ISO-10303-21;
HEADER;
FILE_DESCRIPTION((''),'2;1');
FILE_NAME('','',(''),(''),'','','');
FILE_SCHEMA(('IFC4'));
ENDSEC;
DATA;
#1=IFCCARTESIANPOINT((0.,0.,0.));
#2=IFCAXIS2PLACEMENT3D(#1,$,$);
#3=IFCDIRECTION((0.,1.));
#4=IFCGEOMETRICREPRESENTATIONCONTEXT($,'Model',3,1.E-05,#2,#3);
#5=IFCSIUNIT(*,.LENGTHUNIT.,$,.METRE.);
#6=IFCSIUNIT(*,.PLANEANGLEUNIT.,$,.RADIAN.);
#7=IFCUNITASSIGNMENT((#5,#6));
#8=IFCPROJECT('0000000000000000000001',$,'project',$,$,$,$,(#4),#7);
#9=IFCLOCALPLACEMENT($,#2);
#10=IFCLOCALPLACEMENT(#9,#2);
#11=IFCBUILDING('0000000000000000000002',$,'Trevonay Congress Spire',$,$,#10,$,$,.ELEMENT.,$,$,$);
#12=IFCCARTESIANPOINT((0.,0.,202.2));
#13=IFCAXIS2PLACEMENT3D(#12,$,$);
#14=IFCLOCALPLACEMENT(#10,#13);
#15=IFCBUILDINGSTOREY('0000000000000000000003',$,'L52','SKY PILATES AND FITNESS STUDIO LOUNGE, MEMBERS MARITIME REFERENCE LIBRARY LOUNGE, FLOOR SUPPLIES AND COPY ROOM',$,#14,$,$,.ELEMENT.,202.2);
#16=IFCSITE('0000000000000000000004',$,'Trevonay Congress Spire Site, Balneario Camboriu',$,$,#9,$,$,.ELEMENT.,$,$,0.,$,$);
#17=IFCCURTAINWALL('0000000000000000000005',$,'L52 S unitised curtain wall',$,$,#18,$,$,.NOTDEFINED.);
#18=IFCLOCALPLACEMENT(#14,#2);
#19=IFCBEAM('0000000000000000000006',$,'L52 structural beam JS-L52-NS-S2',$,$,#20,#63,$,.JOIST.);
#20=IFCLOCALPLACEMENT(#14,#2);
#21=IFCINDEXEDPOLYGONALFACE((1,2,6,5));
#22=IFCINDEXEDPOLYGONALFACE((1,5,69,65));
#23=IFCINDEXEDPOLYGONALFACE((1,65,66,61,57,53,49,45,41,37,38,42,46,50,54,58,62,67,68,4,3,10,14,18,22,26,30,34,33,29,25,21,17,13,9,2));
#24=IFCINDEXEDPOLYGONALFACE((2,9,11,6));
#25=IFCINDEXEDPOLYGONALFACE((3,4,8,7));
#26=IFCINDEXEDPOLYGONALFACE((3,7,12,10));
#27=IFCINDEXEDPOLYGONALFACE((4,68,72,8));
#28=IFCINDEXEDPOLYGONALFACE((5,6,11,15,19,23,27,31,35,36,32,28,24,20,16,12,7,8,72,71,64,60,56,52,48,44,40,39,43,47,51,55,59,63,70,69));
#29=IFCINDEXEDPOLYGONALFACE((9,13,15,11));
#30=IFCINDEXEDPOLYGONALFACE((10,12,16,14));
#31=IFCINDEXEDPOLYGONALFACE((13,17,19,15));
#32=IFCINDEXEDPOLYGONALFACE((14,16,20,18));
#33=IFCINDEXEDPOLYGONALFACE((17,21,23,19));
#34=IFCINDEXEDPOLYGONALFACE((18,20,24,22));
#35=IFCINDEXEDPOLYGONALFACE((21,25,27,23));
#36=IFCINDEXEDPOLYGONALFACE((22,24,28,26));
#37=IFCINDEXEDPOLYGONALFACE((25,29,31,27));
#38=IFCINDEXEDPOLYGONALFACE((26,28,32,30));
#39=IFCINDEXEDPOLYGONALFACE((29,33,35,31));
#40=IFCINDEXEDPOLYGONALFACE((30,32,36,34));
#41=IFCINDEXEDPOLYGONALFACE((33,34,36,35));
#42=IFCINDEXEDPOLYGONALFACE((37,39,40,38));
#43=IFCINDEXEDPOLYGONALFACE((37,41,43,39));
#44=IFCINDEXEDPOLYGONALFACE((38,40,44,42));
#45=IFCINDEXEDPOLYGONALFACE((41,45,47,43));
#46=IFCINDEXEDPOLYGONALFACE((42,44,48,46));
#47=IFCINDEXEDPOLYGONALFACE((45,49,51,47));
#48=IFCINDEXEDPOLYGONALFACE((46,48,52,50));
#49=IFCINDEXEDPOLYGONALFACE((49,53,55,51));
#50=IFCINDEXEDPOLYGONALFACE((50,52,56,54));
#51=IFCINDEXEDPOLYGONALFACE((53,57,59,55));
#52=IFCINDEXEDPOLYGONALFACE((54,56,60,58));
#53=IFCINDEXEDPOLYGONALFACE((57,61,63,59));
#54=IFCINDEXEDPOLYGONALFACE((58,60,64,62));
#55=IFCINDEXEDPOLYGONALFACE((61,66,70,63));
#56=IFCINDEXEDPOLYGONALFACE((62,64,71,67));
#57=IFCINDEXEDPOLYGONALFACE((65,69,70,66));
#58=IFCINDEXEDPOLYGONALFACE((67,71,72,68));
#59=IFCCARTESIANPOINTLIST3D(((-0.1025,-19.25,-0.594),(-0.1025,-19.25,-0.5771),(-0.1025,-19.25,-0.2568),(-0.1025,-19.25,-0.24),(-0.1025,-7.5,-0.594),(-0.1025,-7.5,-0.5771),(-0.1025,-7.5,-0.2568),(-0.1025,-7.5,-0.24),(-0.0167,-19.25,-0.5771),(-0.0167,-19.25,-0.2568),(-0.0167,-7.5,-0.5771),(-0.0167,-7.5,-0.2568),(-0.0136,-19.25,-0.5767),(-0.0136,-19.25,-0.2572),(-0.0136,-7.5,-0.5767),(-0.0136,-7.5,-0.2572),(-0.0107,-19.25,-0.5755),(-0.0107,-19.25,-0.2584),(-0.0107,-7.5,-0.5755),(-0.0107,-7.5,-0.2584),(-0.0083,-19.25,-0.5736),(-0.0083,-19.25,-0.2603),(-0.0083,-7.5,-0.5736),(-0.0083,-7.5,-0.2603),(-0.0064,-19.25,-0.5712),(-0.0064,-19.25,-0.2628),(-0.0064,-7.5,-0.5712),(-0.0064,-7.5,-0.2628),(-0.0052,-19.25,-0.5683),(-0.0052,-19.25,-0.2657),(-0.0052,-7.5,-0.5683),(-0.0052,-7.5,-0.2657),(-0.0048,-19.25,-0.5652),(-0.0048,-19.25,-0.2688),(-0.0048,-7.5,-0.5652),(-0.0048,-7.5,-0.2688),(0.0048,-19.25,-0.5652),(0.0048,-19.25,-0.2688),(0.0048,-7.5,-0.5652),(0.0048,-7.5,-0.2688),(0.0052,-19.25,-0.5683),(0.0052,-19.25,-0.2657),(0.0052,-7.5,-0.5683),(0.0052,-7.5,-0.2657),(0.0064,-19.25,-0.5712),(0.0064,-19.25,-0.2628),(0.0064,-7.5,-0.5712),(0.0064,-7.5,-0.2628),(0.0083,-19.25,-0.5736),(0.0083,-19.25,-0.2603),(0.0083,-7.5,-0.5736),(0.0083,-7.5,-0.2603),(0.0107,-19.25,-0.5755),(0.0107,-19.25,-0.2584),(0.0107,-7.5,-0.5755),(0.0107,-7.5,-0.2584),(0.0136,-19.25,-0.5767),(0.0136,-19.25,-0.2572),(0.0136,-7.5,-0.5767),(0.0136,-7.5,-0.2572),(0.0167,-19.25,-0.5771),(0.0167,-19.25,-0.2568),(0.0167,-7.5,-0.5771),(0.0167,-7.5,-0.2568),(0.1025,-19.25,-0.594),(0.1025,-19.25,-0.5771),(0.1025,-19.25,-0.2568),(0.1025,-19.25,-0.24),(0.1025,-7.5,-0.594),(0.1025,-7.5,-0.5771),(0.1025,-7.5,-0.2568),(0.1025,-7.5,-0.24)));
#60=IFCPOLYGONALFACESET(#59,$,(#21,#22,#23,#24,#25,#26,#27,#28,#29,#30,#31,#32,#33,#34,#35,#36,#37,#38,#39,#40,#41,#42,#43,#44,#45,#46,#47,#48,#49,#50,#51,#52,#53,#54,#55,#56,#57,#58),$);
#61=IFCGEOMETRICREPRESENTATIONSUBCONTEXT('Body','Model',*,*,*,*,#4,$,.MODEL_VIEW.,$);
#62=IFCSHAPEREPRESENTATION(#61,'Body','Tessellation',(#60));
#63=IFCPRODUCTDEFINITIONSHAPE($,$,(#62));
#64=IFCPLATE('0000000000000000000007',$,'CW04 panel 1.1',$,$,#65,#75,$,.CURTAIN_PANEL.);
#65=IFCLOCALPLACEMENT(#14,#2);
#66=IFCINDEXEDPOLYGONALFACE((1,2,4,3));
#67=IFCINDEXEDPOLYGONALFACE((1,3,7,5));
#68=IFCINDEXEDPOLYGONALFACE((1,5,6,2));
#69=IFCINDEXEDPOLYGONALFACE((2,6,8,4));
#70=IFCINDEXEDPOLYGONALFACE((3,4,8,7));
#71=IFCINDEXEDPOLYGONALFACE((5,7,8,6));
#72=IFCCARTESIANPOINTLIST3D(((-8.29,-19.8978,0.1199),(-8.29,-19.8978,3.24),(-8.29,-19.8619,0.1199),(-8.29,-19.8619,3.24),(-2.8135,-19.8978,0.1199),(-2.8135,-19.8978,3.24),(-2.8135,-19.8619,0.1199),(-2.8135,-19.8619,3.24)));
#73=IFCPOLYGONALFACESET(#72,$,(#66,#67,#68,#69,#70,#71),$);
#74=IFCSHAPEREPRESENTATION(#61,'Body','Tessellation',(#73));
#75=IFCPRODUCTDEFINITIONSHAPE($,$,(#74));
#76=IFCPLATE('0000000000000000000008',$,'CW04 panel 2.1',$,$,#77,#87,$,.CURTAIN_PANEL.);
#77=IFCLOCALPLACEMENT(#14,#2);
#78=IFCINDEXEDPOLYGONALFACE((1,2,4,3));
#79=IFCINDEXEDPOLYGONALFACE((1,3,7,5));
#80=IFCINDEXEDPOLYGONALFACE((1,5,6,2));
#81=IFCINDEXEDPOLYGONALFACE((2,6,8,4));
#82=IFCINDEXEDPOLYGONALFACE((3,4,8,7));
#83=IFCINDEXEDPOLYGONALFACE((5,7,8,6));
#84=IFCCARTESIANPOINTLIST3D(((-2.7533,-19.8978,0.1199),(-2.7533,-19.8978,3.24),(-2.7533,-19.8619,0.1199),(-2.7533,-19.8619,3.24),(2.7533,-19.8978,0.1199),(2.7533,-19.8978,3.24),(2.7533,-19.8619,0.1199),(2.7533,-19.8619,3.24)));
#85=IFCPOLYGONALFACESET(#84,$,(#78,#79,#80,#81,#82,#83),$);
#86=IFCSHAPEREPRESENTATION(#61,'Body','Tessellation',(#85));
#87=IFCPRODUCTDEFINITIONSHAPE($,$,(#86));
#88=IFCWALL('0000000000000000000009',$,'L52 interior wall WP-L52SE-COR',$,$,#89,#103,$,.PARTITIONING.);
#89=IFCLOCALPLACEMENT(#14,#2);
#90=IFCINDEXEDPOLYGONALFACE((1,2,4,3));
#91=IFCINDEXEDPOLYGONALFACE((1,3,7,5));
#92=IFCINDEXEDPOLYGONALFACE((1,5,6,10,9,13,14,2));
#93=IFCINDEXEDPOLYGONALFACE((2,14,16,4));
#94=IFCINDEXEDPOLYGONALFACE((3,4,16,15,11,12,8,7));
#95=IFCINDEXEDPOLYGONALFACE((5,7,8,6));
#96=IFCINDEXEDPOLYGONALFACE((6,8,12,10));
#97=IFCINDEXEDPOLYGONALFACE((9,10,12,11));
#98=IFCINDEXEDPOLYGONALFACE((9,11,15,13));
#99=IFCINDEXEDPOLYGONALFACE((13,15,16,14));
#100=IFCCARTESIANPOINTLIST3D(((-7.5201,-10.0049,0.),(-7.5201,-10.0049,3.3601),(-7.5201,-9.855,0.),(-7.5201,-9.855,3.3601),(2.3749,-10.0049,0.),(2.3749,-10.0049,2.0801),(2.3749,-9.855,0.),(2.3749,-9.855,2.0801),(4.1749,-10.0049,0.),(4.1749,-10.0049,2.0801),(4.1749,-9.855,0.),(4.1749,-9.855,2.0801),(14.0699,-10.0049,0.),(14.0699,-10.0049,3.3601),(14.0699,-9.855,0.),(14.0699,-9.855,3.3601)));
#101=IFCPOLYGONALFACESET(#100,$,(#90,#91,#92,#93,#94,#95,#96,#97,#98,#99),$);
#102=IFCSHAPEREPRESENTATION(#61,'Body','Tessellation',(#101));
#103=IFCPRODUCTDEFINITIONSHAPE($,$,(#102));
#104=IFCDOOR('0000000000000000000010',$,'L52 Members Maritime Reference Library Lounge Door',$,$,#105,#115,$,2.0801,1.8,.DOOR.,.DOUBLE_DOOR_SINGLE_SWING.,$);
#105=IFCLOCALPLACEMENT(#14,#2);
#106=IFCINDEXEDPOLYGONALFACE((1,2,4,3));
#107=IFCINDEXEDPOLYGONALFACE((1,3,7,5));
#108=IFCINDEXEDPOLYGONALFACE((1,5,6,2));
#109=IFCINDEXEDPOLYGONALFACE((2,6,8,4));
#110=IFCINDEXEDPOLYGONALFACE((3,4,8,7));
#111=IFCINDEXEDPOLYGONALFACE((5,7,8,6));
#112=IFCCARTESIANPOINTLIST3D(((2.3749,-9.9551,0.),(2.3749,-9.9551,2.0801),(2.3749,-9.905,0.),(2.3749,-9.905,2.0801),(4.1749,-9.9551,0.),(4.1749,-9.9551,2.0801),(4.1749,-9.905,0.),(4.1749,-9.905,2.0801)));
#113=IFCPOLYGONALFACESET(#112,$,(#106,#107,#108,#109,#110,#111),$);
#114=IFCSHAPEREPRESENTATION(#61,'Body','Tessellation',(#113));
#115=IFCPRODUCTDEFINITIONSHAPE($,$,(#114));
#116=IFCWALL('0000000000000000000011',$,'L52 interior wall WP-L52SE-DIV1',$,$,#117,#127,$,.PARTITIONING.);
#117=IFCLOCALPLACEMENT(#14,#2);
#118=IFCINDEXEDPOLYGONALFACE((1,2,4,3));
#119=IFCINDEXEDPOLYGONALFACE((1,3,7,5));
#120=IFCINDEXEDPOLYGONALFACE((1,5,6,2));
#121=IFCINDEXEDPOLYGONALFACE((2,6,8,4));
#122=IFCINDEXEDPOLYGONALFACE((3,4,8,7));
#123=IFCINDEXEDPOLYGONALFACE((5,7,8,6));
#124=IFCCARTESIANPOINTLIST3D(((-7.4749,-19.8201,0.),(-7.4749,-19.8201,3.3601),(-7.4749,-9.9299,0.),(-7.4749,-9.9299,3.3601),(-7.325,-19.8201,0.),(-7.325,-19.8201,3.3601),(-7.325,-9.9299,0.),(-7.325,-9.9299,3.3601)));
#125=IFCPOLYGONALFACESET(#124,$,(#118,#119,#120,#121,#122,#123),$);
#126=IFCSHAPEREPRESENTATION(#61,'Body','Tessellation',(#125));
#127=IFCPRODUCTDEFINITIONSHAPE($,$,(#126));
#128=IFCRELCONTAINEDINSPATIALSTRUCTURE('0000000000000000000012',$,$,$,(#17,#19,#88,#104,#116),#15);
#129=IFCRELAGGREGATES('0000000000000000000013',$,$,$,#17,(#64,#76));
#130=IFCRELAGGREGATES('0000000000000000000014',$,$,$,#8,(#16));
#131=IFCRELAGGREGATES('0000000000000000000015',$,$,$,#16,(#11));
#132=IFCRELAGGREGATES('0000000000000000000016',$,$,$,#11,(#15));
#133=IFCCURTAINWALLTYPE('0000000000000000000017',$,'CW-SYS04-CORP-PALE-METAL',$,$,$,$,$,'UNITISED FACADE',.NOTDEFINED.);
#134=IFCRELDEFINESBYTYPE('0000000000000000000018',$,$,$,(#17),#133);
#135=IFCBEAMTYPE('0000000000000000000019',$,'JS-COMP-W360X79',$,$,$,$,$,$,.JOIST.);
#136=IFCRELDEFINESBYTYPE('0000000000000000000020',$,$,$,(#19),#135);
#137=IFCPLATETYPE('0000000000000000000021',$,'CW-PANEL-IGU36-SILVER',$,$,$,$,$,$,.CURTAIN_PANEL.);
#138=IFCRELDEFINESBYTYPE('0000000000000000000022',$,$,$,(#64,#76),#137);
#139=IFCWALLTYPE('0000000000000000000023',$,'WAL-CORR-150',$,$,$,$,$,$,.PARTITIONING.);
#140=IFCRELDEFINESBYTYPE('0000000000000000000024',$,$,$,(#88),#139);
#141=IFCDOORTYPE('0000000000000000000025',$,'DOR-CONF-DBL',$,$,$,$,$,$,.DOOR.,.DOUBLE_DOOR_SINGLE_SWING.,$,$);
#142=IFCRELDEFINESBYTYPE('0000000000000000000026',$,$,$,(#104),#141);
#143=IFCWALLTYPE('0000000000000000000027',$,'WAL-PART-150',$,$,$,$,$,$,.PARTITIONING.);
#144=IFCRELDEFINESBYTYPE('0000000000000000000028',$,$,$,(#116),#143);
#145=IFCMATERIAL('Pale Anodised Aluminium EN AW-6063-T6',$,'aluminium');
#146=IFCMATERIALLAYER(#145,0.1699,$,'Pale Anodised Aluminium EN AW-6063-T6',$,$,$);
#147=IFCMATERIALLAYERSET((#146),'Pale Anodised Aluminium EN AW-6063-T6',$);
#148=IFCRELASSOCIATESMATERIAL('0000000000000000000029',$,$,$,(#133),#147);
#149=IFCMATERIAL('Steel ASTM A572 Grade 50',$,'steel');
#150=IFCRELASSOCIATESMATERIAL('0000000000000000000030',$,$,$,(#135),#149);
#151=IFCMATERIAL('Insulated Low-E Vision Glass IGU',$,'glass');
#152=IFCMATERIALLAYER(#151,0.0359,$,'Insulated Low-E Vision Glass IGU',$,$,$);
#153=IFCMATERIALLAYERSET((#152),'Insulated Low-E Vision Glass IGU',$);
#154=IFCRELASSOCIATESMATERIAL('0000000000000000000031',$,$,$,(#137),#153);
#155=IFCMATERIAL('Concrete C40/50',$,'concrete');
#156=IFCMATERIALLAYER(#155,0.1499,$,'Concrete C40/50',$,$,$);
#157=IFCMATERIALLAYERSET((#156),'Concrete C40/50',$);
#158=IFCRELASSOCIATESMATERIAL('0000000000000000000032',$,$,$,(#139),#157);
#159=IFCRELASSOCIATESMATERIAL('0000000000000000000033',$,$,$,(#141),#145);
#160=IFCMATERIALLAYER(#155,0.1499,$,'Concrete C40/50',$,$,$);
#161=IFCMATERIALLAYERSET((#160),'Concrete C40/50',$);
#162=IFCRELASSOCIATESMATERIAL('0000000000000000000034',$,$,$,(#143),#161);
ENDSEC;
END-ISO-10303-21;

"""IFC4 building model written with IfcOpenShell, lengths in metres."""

from ifc_helpers import new_model, si_unit, direction, frame, frame_2d, origin, origin_2d, place, context, subcontext, project, spatial, rectangle, i_section, extrude, material, layer, layer_set, material_profile, profile_set, type_object, element, fill, aggregate, save


model = new_model("IFC4")

# Units and contexts
model_context = context("Model", 3, precision=1e-05, world=origin(), true_north=direction((0.0, 1.0)))
body_context = subcontext(model_context, "Body", "Model", "MODEL_VIEW")
ifc_project = project(units=[si_unit("LENGTHUNIT", "METRE"), si_unit("PLANEANGLEUNIT", "RADIAN")], contexts=[model_context])

# Site, building, storey
site_placement = place(None, origin())
site = spatial("IfcSite", under=ifc_project, at=site_placement, Name="Trevonay Congress Spire Site, Balneario Camboriu", CompositionType="ELEMENT", RefElevation=0.0)
building_placement = place(site_placement, origin())
building = spatial("IfcBuilding", under=site, at=building_placement, Name="Trevonay Congress Spire", CompositionType="ELEMENT")
storey_placement = place(building_placement, frame((0.0, 0.0, 202.2)))
storey = spatial("IfcBuildingStorey", under=building, at=storey_placement, Name="L52", Description="SKY PILATES AND FITNESS STUDIO LOUNGE, MEMBERS MARITIME REFERENCE LIBRARY LOUNGE, FLOOR SUPPLIES AND COPY ROOM", CompositionType="ELEMENT", Elevation=202.2)

# Shared definitions
ifc_material_1 = material(Name="Steel ASTM A572 Grade 50", Category="steel")

# Curtain wall
ifc_material_2 = material(Name="Pale Anodised Aluminium EN AW-6063-T6", Category="aluminium")
ifc_layer_1 = layer(ifc_material_2, 0.1699, Name="Pale Anodised Aluminium EN AW-6063-T6")
ifc_layer_set_1 = layer_set([ifc_layer_1], Name="Pale Anodised Aluminium EN AW-6063-T6")
curtain_wall_type = type_object("IfcCurtainWallType", Name="CW-SYS04-CORP-PALE-METAL", ElementType="UNITISED FACADE", PredefinedType="NOTDEFINED", material=ifc_layer_set_1)
curtain_wall_placement = place(storey_placement, origin())
curtain_wall = element("IfcCurtainWall", 1, at=curtain_wall_placement, inside=storey, type_object=curtain_wall_type, Name="L52 S unitised curtain wall", PredefinedType="NOTDEFINED")

# Beam
ifc_material_profile_1 = material_profile(ifc_material_1, i_section(OverallWidth=0.2051, OverallDepth=0.354, WebThickness=0.0095, FlangeThickness=0.0168, FilletRadius=0.012, at=origin_2d()), Name="W360x79")
ifc_profile_set_1 = profile_set([ifc_material_profile_1], Name="Steel ASTM A572 Grade 50")
beam_type_1 = type_object("IfcBeamType", Name="JS-COMP-W360X79", PredefinedType="JOIST", material=ifc_profile_set_1)
for number, where, z_axis, x_axis, name in (
    (2, (0.0, -19.25, -0.417), (0.0, 1.0, 0.0), (-1.0, 0.0, 0.0), "L52 structural beam JS-L52-NS-S2"),
):
    element("IfcBeam", number, at=place(storey_placement, frame(where, z_axis=z_axis, x_axis=x_axis)), inside=storey, type_object=beam_type_1, Name=name, PredefinedType="JOIST", context=body_context, shape_type="SweptSolid", body=[
        extrude(i_section(OverallWidth=0.2051, OverallDepth=0.354, WebThickness=0.0095, FlangeThickness=0.0168, FilletRadius=0.012, at=origin_2d()), origin(), (0.0, 0.0, 1.0), 11.75),
    ])

# Plates
ifc_material_3 = material(Name="Insulated Low-E Vision Glass IGU", Category="glass")
ifc_layer_2 = layer(ifc_material_3, 0.0359, Name="Insulated Low-E Vision Glass IGU")
ifc_layer_set_2 = layer_set([ifc_layer_2], Name="Insulated Low-E Vision Glass IGU")
plate_type = type_object("IfcPlateType", Name="CW-PANEL-IGU36-SILVER", PredefinedType="CURTAIN_PANEL", material=ifc_layer_set_2)
plate_1_placement = place(storey_placement, frame((-5.5518, -19.8799, 0.1199), z_axis=(0.0, 0.0, 1.0), x_axis=(1.0, 0.0, 0.0)))
plate_1 = element("IfcPlate", 3, at=plate_1_placement, type_object=plate_type, Name="CW04 panel 1.1", PredefinedType="CURTAIN_PANEL", context=body_context, shape_type="SweptSolid", body=[
    extrude(rectangle(XDim=5.4766, YDim=0.0359, at=origin_2d()), origin(), (0.0, 0.0, 1.0), 3.1201),
])
plate_2_placement = place(storey_placement, frame((0.0, -19.8799, 0.1199), z_axis=(0.0, 0.0, 1.0), x_axis=(1.0, 0.0, 0.0)))
plate_2 = element("IfcPlate", 4, at=plate_2_placement, type_object=plate_type, Name="CW04 panel 2.1", PredefinedType="CURTAIN_PANEL", context=body_context, shape_type="SweptSolid", body=[
    extrude(rectangle(XDim=5.5066, YDim=0.0359, at=origin_2d()), origin(), (0.0, 0.0, 1.0), 3.1201),
])
aggregate(curtain_wall, [plate_1, plate_2])

# Wall, opening, door
ifc_material_4 = material(Name="Concrete C40/50", Category="concrete")
ifc_layer_3 = layer(ifc_material_4, 0.1499, Name="Concrete C40/50")
ifc_layer_set_3 = layer_set([ifc_layer_3], Name="Concrete C40/50")
wall_type_1 = type_object("IfcWallType", Name="WAL-CORR-150", PredefinedType="PARTITIONING", material=ifc_layer_set_3)
wall_1_placement = place(storey_placement, frame((-7.52, -9.9299, 0.0), z_axis=(0.0, 0.0, 1.0), x_axis=(1.0, 0.0, 0.0)))
wall_1 = element("IfcWall", 5, at=wall_1_placement, inside=storey, type_object=wall_type_1, Name="L52 interior wall WP-L52SE-COR", PredefinedType="PARTITIONING", context=body_context, shape_type="SweptSolid", body=[
    extrude(rectangle(XDim=21.5901, YDim=0.1499, at=frame_2d((10.7949, 0.0))), origin(), (0.0, 0.0, 1.0), 3.3601),
])
opening_placement = place(wall_1_placement, frame((9.895, 0.0, 0.0)))
opening = element("IfcOpeningElement", 6, at=opening_placement, cuts=wall_1, PredefinedType="OPENING", context=body_context, shape_type="SweptSolid", body=[
    extrude(rectangle(XDim=1.8, YDim=2.0801, at=frame_2d((0.8999, 1.04))), frame((0.0, 0.085, 0.0), z_axis=(0.0, -1.0, 0.0), x_axis=(1.0, 0.0, 0.0)), (0.0, 0.0, 1.0), 0.1699),
])
door_type = type_object("IfcDoorType", Name="DOR-CONF-DBL", OperationType="DOUBLE_DOOR_SINGLE_SWING", PredefinedType="DOOR", material=ifc_material_2)
door_placement = place(opening_placement, origin())
door = element("IfcDoor", 7, at=door_placement, inside=storey, type_object=door_type, Name="L52 Members Maritime Reference Library Lounge Door", OperationType="DOUBLE_DOOR_SINGLE_SWING", OverallHeight=2.0801, OverallWidth=1.8, PredefinedType="DOOR", context=body_context, shape_type="SweptSolid", body=[
    extrude(rectangle(XDim=1.8, YDim=2.0801, at=frame_2d((0.8999, 1.04))), frame((0.0, 0.0249, 0.0), z_axis=(0.0, -1.0, 0.0), x_axis=(1.0, 0.0, 0.0)), (0.0, 0.0, 1.0), 0.05),
])
fill(opening, door)

# Wall
ifc_layer_4 = layer(ifc_material_4, 0.1499, Name="Concrete C40/50")
ifc_layer_set_4 = layer_set([ifc_layer_4], Name="Concrete C40/50")
wall_type_2 = type_object("IfcWallType", Name="WAL-PART-150", PredefinedType="PARTITIONING", material=ifc_layer_set_4)
wall_2_placement = place(storey_placement, frame((-7.3999, -19.8201, 0.0), z_axis=(0.0, 0.0, 1.0), x_axis=(0.0, 1.0, 0.0)))
element("IfcWall", 8, at=wall_2_placement, inside=storey, type_object=wall_type_2, Name="L52 interior wall WP-L52SE-DIV1", PredefinedType="PARTITIONING", context=body_context, shape_type="SweptSolid", body=[
    extrude(rectangle(XDim=9.8901, YDim=0.1499, at=frame_2d((4.9451, 0.0))), origin(), (0.0, 0.0, 1.0), 3.3601),
])

save(model, "model.ifc")
